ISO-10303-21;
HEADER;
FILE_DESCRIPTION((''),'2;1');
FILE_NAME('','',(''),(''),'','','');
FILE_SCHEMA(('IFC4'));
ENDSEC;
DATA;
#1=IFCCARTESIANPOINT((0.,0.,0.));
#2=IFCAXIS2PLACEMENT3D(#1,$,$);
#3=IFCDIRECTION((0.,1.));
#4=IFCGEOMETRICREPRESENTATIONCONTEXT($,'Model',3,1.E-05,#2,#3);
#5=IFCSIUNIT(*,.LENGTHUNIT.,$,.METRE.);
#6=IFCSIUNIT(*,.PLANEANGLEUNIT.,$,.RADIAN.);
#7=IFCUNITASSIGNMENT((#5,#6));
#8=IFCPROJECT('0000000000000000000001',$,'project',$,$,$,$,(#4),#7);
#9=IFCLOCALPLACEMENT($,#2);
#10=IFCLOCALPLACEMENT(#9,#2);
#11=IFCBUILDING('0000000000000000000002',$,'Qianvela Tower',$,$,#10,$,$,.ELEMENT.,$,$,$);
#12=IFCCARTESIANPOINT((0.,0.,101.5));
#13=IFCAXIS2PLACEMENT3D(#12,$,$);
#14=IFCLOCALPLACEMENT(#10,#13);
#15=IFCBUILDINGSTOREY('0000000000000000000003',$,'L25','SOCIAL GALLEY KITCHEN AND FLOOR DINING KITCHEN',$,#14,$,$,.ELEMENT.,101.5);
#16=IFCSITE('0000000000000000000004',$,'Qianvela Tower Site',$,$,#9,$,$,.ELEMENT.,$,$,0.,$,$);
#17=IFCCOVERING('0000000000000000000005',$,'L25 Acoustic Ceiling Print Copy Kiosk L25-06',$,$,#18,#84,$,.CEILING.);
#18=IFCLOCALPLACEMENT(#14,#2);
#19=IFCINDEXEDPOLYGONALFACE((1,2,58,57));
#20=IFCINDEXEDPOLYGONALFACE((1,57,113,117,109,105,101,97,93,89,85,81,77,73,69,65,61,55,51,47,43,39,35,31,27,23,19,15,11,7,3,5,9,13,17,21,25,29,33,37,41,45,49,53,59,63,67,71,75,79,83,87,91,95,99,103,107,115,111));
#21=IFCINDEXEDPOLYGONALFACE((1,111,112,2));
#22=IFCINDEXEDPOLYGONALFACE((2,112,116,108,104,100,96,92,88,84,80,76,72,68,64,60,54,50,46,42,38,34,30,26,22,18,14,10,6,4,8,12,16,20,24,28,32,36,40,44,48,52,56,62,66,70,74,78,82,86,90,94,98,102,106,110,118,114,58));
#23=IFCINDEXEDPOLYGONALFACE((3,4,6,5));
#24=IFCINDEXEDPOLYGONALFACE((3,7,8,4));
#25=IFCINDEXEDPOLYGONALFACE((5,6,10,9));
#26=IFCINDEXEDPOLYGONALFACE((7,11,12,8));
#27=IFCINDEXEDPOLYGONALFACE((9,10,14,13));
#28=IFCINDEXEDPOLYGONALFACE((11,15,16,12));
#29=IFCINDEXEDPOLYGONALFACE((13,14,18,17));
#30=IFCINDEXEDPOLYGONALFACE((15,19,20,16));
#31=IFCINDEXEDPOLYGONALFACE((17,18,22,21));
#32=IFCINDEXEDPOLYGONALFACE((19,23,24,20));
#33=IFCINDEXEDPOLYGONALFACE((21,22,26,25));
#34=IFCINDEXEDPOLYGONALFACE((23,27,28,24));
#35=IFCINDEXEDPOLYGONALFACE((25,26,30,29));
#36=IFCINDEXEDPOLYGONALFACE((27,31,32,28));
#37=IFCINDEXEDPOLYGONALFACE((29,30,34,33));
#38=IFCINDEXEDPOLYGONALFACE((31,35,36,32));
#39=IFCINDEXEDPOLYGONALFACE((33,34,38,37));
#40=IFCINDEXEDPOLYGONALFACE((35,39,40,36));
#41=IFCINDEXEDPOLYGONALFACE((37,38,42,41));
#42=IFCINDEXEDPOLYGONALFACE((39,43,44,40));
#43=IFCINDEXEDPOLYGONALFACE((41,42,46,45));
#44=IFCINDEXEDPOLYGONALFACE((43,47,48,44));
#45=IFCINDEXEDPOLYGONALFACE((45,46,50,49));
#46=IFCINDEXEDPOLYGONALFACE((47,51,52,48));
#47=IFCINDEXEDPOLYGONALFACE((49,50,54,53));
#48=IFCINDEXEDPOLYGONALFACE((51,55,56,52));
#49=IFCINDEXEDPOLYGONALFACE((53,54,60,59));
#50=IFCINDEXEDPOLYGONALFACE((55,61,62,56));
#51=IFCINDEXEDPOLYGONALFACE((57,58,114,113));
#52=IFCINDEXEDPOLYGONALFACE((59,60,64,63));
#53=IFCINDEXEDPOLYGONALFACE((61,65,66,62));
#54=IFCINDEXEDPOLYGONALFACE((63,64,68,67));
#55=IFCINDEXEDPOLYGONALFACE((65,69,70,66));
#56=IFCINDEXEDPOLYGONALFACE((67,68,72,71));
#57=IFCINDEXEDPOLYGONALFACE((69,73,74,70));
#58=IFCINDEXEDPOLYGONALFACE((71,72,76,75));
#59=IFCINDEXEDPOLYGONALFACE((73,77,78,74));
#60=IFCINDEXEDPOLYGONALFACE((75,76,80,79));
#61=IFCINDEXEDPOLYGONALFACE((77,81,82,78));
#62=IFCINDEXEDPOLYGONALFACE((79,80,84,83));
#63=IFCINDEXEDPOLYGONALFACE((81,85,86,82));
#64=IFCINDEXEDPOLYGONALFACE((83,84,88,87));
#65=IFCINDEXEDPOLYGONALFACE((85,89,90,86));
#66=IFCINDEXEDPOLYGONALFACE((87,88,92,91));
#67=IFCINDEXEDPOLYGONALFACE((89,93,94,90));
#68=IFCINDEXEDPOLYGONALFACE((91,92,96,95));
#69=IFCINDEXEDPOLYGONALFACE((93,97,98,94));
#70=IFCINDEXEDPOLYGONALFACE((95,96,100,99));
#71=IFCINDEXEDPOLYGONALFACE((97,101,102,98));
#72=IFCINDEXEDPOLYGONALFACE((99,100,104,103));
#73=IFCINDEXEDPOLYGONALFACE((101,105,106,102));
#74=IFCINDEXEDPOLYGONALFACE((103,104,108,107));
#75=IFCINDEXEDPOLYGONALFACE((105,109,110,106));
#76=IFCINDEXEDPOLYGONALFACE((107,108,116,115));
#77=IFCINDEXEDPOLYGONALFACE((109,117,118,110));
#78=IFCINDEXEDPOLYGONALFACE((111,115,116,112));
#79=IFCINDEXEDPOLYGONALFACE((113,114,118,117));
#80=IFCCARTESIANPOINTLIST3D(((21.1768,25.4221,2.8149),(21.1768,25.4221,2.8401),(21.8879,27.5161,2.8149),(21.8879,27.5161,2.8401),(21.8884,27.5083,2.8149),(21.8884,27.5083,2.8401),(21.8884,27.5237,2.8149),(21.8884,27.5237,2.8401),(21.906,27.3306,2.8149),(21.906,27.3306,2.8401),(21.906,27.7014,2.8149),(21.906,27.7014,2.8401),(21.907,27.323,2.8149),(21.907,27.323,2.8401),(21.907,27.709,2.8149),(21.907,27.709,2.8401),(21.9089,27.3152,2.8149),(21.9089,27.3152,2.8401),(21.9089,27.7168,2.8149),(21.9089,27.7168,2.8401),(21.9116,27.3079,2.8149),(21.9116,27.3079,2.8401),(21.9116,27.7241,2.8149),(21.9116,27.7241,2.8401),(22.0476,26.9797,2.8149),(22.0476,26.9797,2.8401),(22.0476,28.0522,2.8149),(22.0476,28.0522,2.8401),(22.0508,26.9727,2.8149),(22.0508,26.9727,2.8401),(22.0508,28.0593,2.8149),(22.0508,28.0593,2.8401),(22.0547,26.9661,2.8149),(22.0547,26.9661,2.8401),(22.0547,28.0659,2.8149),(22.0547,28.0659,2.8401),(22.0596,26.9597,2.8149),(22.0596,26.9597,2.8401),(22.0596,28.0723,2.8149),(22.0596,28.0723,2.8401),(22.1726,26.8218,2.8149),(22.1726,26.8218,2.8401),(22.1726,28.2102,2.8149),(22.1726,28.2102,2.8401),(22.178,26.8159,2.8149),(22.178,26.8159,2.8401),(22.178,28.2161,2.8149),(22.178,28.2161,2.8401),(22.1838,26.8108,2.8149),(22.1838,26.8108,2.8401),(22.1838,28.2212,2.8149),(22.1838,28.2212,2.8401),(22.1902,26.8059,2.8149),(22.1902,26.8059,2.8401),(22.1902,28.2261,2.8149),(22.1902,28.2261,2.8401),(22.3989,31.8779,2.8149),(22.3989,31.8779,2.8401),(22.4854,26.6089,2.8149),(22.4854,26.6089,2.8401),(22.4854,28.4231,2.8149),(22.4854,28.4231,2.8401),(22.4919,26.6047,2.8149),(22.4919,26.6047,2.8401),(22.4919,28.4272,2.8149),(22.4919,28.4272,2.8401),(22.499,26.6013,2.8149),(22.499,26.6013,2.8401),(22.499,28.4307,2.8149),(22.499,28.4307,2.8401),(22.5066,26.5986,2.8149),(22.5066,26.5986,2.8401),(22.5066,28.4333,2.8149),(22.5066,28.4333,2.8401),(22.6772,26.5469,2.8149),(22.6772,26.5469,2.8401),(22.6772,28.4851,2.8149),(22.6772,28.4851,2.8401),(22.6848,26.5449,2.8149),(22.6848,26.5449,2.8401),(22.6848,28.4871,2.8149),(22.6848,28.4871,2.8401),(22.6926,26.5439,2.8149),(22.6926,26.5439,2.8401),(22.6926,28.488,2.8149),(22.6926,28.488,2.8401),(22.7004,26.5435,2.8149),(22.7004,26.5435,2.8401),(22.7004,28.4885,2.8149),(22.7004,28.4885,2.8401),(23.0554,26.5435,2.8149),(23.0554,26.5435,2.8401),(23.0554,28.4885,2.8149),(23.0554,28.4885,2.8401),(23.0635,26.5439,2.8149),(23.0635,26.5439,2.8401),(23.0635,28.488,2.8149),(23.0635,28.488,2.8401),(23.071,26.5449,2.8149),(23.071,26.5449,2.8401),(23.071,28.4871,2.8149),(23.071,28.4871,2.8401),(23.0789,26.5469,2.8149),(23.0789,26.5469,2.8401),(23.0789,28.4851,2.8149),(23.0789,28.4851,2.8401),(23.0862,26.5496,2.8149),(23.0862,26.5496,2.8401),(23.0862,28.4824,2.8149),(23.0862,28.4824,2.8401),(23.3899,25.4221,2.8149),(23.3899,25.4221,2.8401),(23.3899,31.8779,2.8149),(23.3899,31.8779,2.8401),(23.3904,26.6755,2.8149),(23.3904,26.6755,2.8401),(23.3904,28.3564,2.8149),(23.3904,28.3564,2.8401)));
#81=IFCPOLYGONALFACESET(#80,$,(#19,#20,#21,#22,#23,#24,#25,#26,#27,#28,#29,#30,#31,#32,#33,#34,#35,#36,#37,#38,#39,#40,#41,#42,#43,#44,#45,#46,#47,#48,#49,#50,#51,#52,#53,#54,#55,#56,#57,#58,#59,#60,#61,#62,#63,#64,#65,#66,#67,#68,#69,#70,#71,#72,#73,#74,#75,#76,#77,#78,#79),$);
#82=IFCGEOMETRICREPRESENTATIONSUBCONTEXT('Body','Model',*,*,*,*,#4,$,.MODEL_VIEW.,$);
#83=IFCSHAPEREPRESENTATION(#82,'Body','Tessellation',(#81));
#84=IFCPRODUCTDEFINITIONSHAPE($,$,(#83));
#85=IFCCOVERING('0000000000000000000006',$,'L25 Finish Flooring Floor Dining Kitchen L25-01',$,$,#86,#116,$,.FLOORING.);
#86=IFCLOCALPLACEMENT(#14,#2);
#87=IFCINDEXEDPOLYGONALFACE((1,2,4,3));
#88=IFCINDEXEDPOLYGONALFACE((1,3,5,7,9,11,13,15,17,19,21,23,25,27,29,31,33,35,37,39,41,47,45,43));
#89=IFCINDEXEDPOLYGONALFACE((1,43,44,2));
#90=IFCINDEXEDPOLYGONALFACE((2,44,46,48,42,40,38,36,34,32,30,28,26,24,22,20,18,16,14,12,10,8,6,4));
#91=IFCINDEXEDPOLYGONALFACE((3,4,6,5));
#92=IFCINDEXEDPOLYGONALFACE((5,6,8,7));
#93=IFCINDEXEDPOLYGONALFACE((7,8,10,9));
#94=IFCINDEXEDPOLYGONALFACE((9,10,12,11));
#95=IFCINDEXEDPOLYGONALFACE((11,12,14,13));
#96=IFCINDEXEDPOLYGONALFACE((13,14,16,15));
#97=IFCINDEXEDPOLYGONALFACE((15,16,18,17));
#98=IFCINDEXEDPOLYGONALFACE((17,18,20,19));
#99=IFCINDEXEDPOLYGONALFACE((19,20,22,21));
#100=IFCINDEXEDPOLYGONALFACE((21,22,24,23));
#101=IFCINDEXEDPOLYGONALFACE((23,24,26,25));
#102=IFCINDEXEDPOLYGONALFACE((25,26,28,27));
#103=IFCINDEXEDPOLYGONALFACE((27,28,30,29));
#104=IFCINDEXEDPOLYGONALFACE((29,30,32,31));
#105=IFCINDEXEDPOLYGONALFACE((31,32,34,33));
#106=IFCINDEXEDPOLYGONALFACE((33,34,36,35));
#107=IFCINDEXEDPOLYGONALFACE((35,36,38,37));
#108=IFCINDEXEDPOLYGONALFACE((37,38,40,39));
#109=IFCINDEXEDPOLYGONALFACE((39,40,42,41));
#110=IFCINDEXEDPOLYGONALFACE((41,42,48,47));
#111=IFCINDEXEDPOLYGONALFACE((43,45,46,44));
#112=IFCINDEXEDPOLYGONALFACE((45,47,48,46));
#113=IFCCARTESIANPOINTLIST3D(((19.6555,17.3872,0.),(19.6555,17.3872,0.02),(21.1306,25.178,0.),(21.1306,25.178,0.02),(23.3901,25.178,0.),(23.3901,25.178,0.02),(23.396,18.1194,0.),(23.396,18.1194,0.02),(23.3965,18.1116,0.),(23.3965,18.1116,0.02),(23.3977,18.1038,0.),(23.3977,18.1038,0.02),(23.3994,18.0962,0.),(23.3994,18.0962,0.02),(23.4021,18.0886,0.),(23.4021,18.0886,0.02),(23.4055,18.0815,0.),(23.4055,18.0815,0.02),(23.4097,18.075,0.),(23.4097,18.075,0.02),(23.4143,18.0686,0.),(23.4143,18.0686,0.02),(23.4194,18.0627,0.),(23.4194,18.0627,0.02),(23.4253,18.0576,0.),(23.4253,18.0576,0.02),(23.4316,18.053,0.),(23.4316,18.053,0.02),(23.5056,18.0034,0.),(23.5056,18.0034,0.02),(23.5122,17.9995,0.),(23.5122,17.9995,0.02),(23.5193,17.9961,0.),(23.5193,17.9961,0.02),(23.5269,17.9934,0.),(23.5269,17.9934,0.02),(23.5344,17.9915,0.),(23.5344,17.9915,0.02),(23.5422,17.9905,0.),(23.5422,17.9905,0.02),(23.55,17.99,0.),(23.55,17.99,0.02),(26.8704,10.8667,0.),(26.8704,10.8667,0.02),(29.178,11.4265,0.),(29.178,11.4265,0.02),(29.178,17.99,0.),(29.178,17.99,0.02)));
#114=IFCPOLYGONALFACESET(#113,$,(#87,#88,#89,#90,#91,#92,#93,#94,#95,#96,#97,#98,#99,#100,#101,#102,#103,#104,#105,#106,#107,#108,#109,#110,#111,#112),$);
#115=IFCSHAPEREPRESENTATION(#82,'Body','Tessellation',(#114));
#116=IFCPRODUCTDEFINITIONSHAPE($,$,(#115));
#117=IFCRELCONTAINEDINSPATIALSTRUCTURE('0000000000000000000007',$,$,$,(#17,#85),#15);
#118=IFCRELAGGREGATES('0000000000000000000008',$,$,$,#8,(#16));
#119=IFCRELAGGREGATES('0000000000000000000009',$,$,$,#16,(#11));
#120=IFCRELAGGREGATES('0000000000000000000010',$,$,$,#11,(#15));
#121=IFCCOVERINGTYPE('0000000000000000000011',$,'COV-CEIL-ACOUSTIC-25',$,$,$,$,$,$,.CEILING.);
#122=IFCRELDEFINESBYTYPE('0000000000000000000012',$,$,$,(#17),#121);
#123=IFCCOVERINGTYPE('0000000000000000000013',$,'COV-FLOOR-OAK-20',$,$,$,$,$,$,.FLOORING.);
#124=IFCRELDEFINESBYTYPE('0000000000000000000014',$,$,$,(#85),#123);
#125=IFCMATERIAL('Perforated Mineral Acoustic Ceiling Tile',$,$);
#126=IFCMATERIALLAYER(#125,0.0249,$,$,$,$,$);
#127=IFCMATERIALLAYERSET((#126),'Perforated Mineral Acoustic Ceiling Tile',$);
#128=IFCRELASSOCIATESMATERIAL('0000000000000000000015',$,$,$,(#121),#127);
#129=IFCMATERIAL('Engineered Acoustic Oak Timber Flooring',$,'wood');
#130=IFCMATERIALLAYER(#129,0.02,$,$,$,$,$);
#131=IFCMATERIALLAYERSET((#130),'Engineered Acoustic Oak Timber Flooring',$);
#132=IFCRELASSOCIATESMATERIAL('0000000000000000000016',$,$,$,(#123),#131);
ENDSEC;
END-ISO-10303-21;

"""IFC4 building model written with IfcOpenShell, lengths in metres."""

from ifc_helpers import new_model, si_unit, direction, frame, origin, place, context, subcontext, project, spatial, polyline, outline, extrude, material, layer, layer_set, type_object, element, save


model = new_model("IFC4")

# Units and contexts
model_context = context("Model", 3, precision=1e-05, world=origin(), true_north=direction((0.0, 1.0)))
body_context = subcontext(model_context, "Body", "Model", "MODEL_VIEW")
ifc_project = project(units=[si_unit("LENGTHUNIT", "METRE"), si_unit("PLANEANGLEUNIT", "RADIAN")], contexts=[model_context])

# Site, building, storey
site_placement = place(None, origin())
site = spatial("IfcSite", under=ifc_project, at=site_placement, Name="Qianvela Tower Site", CompositionType="ELEMENT", RefElevation=0.0)
building_placement = place(site_placement, origin())
building = spatial("IfcBuilding", under=site, at=building_placement, Name="Qianvela Tower", CompositionType="ELEMENT")
storey_placement = place(building_placement, frame((0.0, 0.0, 101.5)))
storey = spatial("IfcBuildingStorey", under=building, at=storey_placement, Name="L25", Description="SOCIAL GALLEY KITCHEN AND FLOOR DINING KITCHEN", CompositionType="ELEMENT", Elevation=101.5)

# Coverings
ifc_material_1 = material(Name="Perforated Mineral Acoustic Ceiling Tile")
ifc_layer_1 = layer(ifc_material_1, 0.0249)
ifc_layer_set_1 = layer_set([ifc_layer_1], Name="Perforated Mineral Acoustic Ceiling Tile")
covering_type_1 = type_object("IfcCoveringType", Name="COV-CEIL-ACOUSTIC-25", PredefinedType="CEILING", material=ifc_layer_set_1)
covering_1_placement = place(storey_placement, frame((0.0, 0.0, 2.8149)))
element("IfcCovering", 1, at=covering_1_placement, inside=storey, type_object=covering_type_1, Name="L25 Acoustic Ceiling Print Copy Kiosk L25-06", PredefinedType="CEILING", context=body_context, shape_type="SweptSolid", body=[
    extrude(outline(polyline([(23.3904, 26.6755), (23.3899, 25.4221), (21.1768, 25.4221), (22.3989, 31.8779), (23.3899, 31.8779), (23.3904, 28.3564), (23.0862, 28.4824), (23.0789, 28.4851), (23.071, 28.4871), (23.0635, 28.488), (23.0554, 28.4885), (22.7004, 28.4885), (22.6926, 28.488), (22.6848, 28.4871), (22.6772, 28.4851), (22.5066, 28.4333), (22.499, 28.4307), (22.4919, 28.4272), (22.4854, 28.4231), (22.1902, 28.2261), (22.1838, 28.2212), (22.178, 28.2161), (22.1726, 28.2102), (22.0596, 28.0723), (22.0547, 28.0659), (22.0508, 28.0593), (22.0476, 28.0522), (21.9116, 27.7241), (21.9089, 27.7168), (21.907, 27.709), (21.906, 27.7014), (21.8884, 27.5237), (21.8879, 27.5161), (21.8884, 27.5083), (21.906, 27.3306), (21.907, 27.323), (21.9089, 27.3152), (21.9116, 27.3079), (22.0476, 26.9797), (22.0508, 26.9727), (22.0547, 26.9661), (22.0596, 26.9597), (22.1726, 26.8218), (22.178, 26.8159), (22.1838, 26.8108), (22.1902, 26.8059), (22.4854, 26.6089), (22.4919, 26.6047), (22.499, 26.6013), (22.5066, 26.5986), (22.6772, 26.5469), (22.6848, 26.5449), (22.6926, 26.5439), (22.7004, 26.5435), (23.0554, 26.5435), (23.0635, 26.5439), (23.071, 26.5449), (23.0789, 26.5469), (23.0862, 26.5496), (23.3904, 26.6755)])), origin(), (0.0, 0.0, 1.0), 0.0251),
])
ifc_material_2 = material(Name="Engineered Acoustic Oak Timber Flooring", Category="wood")
ifc_layer_2 = layer(ifc_material_2, 0.02)
ifc_layer_set_2 = layer_set([ifc_layer_2], Name="Engineered Acoustic Oak Timber Flooring")
covering_type_2 = type_object("IfcCoveringType", Name="COV-FLOOR-OAK-20", PredefinedType="FLOORING", material=ifc_layer_set_2)
covering_2_placement = place(storey_placement, origin())
element("IfcCovering", 2, at=covering_2_placement, inside=storey, type_object=covering_type_2, Name="L25 Finish Flooring Floor Dining Kitchen L25-01", PredefinedType="FLOORING", context=body_context, shape_type="SweptSolid", body=[
    extrude(outline(polyline([(21.1306, 25.178), (23.3901, 25.178), (23.396, 18.1194), (23.3965, 18.1116), (23.3977, 18.1038), (23.3994, 18.0962), (23.4021, 18.0886), (23.4055, 18.0815), (23.4097, 18.075), (23.4143, 18.0686), (23.4194, 18.0627), (23.4253, 18.0576), (23.4316, 18.053), (23.5056, 18.0034), (23.5122, 17.9995), (23.5193, 17.9961), (23.5269, 17.9934), (23.5344, 17.9915), (23.5422, 17.9905), (23.55, 17.99), (29.178, 17.99), (29.178, 11.4265), (26.8704, 10.8667), (19.6555, 17.3872), (21.1306, 25.178)])), origin(), (0.0, 0.0, 1.0), 0.02),
])

save(model, "model.ifc")
